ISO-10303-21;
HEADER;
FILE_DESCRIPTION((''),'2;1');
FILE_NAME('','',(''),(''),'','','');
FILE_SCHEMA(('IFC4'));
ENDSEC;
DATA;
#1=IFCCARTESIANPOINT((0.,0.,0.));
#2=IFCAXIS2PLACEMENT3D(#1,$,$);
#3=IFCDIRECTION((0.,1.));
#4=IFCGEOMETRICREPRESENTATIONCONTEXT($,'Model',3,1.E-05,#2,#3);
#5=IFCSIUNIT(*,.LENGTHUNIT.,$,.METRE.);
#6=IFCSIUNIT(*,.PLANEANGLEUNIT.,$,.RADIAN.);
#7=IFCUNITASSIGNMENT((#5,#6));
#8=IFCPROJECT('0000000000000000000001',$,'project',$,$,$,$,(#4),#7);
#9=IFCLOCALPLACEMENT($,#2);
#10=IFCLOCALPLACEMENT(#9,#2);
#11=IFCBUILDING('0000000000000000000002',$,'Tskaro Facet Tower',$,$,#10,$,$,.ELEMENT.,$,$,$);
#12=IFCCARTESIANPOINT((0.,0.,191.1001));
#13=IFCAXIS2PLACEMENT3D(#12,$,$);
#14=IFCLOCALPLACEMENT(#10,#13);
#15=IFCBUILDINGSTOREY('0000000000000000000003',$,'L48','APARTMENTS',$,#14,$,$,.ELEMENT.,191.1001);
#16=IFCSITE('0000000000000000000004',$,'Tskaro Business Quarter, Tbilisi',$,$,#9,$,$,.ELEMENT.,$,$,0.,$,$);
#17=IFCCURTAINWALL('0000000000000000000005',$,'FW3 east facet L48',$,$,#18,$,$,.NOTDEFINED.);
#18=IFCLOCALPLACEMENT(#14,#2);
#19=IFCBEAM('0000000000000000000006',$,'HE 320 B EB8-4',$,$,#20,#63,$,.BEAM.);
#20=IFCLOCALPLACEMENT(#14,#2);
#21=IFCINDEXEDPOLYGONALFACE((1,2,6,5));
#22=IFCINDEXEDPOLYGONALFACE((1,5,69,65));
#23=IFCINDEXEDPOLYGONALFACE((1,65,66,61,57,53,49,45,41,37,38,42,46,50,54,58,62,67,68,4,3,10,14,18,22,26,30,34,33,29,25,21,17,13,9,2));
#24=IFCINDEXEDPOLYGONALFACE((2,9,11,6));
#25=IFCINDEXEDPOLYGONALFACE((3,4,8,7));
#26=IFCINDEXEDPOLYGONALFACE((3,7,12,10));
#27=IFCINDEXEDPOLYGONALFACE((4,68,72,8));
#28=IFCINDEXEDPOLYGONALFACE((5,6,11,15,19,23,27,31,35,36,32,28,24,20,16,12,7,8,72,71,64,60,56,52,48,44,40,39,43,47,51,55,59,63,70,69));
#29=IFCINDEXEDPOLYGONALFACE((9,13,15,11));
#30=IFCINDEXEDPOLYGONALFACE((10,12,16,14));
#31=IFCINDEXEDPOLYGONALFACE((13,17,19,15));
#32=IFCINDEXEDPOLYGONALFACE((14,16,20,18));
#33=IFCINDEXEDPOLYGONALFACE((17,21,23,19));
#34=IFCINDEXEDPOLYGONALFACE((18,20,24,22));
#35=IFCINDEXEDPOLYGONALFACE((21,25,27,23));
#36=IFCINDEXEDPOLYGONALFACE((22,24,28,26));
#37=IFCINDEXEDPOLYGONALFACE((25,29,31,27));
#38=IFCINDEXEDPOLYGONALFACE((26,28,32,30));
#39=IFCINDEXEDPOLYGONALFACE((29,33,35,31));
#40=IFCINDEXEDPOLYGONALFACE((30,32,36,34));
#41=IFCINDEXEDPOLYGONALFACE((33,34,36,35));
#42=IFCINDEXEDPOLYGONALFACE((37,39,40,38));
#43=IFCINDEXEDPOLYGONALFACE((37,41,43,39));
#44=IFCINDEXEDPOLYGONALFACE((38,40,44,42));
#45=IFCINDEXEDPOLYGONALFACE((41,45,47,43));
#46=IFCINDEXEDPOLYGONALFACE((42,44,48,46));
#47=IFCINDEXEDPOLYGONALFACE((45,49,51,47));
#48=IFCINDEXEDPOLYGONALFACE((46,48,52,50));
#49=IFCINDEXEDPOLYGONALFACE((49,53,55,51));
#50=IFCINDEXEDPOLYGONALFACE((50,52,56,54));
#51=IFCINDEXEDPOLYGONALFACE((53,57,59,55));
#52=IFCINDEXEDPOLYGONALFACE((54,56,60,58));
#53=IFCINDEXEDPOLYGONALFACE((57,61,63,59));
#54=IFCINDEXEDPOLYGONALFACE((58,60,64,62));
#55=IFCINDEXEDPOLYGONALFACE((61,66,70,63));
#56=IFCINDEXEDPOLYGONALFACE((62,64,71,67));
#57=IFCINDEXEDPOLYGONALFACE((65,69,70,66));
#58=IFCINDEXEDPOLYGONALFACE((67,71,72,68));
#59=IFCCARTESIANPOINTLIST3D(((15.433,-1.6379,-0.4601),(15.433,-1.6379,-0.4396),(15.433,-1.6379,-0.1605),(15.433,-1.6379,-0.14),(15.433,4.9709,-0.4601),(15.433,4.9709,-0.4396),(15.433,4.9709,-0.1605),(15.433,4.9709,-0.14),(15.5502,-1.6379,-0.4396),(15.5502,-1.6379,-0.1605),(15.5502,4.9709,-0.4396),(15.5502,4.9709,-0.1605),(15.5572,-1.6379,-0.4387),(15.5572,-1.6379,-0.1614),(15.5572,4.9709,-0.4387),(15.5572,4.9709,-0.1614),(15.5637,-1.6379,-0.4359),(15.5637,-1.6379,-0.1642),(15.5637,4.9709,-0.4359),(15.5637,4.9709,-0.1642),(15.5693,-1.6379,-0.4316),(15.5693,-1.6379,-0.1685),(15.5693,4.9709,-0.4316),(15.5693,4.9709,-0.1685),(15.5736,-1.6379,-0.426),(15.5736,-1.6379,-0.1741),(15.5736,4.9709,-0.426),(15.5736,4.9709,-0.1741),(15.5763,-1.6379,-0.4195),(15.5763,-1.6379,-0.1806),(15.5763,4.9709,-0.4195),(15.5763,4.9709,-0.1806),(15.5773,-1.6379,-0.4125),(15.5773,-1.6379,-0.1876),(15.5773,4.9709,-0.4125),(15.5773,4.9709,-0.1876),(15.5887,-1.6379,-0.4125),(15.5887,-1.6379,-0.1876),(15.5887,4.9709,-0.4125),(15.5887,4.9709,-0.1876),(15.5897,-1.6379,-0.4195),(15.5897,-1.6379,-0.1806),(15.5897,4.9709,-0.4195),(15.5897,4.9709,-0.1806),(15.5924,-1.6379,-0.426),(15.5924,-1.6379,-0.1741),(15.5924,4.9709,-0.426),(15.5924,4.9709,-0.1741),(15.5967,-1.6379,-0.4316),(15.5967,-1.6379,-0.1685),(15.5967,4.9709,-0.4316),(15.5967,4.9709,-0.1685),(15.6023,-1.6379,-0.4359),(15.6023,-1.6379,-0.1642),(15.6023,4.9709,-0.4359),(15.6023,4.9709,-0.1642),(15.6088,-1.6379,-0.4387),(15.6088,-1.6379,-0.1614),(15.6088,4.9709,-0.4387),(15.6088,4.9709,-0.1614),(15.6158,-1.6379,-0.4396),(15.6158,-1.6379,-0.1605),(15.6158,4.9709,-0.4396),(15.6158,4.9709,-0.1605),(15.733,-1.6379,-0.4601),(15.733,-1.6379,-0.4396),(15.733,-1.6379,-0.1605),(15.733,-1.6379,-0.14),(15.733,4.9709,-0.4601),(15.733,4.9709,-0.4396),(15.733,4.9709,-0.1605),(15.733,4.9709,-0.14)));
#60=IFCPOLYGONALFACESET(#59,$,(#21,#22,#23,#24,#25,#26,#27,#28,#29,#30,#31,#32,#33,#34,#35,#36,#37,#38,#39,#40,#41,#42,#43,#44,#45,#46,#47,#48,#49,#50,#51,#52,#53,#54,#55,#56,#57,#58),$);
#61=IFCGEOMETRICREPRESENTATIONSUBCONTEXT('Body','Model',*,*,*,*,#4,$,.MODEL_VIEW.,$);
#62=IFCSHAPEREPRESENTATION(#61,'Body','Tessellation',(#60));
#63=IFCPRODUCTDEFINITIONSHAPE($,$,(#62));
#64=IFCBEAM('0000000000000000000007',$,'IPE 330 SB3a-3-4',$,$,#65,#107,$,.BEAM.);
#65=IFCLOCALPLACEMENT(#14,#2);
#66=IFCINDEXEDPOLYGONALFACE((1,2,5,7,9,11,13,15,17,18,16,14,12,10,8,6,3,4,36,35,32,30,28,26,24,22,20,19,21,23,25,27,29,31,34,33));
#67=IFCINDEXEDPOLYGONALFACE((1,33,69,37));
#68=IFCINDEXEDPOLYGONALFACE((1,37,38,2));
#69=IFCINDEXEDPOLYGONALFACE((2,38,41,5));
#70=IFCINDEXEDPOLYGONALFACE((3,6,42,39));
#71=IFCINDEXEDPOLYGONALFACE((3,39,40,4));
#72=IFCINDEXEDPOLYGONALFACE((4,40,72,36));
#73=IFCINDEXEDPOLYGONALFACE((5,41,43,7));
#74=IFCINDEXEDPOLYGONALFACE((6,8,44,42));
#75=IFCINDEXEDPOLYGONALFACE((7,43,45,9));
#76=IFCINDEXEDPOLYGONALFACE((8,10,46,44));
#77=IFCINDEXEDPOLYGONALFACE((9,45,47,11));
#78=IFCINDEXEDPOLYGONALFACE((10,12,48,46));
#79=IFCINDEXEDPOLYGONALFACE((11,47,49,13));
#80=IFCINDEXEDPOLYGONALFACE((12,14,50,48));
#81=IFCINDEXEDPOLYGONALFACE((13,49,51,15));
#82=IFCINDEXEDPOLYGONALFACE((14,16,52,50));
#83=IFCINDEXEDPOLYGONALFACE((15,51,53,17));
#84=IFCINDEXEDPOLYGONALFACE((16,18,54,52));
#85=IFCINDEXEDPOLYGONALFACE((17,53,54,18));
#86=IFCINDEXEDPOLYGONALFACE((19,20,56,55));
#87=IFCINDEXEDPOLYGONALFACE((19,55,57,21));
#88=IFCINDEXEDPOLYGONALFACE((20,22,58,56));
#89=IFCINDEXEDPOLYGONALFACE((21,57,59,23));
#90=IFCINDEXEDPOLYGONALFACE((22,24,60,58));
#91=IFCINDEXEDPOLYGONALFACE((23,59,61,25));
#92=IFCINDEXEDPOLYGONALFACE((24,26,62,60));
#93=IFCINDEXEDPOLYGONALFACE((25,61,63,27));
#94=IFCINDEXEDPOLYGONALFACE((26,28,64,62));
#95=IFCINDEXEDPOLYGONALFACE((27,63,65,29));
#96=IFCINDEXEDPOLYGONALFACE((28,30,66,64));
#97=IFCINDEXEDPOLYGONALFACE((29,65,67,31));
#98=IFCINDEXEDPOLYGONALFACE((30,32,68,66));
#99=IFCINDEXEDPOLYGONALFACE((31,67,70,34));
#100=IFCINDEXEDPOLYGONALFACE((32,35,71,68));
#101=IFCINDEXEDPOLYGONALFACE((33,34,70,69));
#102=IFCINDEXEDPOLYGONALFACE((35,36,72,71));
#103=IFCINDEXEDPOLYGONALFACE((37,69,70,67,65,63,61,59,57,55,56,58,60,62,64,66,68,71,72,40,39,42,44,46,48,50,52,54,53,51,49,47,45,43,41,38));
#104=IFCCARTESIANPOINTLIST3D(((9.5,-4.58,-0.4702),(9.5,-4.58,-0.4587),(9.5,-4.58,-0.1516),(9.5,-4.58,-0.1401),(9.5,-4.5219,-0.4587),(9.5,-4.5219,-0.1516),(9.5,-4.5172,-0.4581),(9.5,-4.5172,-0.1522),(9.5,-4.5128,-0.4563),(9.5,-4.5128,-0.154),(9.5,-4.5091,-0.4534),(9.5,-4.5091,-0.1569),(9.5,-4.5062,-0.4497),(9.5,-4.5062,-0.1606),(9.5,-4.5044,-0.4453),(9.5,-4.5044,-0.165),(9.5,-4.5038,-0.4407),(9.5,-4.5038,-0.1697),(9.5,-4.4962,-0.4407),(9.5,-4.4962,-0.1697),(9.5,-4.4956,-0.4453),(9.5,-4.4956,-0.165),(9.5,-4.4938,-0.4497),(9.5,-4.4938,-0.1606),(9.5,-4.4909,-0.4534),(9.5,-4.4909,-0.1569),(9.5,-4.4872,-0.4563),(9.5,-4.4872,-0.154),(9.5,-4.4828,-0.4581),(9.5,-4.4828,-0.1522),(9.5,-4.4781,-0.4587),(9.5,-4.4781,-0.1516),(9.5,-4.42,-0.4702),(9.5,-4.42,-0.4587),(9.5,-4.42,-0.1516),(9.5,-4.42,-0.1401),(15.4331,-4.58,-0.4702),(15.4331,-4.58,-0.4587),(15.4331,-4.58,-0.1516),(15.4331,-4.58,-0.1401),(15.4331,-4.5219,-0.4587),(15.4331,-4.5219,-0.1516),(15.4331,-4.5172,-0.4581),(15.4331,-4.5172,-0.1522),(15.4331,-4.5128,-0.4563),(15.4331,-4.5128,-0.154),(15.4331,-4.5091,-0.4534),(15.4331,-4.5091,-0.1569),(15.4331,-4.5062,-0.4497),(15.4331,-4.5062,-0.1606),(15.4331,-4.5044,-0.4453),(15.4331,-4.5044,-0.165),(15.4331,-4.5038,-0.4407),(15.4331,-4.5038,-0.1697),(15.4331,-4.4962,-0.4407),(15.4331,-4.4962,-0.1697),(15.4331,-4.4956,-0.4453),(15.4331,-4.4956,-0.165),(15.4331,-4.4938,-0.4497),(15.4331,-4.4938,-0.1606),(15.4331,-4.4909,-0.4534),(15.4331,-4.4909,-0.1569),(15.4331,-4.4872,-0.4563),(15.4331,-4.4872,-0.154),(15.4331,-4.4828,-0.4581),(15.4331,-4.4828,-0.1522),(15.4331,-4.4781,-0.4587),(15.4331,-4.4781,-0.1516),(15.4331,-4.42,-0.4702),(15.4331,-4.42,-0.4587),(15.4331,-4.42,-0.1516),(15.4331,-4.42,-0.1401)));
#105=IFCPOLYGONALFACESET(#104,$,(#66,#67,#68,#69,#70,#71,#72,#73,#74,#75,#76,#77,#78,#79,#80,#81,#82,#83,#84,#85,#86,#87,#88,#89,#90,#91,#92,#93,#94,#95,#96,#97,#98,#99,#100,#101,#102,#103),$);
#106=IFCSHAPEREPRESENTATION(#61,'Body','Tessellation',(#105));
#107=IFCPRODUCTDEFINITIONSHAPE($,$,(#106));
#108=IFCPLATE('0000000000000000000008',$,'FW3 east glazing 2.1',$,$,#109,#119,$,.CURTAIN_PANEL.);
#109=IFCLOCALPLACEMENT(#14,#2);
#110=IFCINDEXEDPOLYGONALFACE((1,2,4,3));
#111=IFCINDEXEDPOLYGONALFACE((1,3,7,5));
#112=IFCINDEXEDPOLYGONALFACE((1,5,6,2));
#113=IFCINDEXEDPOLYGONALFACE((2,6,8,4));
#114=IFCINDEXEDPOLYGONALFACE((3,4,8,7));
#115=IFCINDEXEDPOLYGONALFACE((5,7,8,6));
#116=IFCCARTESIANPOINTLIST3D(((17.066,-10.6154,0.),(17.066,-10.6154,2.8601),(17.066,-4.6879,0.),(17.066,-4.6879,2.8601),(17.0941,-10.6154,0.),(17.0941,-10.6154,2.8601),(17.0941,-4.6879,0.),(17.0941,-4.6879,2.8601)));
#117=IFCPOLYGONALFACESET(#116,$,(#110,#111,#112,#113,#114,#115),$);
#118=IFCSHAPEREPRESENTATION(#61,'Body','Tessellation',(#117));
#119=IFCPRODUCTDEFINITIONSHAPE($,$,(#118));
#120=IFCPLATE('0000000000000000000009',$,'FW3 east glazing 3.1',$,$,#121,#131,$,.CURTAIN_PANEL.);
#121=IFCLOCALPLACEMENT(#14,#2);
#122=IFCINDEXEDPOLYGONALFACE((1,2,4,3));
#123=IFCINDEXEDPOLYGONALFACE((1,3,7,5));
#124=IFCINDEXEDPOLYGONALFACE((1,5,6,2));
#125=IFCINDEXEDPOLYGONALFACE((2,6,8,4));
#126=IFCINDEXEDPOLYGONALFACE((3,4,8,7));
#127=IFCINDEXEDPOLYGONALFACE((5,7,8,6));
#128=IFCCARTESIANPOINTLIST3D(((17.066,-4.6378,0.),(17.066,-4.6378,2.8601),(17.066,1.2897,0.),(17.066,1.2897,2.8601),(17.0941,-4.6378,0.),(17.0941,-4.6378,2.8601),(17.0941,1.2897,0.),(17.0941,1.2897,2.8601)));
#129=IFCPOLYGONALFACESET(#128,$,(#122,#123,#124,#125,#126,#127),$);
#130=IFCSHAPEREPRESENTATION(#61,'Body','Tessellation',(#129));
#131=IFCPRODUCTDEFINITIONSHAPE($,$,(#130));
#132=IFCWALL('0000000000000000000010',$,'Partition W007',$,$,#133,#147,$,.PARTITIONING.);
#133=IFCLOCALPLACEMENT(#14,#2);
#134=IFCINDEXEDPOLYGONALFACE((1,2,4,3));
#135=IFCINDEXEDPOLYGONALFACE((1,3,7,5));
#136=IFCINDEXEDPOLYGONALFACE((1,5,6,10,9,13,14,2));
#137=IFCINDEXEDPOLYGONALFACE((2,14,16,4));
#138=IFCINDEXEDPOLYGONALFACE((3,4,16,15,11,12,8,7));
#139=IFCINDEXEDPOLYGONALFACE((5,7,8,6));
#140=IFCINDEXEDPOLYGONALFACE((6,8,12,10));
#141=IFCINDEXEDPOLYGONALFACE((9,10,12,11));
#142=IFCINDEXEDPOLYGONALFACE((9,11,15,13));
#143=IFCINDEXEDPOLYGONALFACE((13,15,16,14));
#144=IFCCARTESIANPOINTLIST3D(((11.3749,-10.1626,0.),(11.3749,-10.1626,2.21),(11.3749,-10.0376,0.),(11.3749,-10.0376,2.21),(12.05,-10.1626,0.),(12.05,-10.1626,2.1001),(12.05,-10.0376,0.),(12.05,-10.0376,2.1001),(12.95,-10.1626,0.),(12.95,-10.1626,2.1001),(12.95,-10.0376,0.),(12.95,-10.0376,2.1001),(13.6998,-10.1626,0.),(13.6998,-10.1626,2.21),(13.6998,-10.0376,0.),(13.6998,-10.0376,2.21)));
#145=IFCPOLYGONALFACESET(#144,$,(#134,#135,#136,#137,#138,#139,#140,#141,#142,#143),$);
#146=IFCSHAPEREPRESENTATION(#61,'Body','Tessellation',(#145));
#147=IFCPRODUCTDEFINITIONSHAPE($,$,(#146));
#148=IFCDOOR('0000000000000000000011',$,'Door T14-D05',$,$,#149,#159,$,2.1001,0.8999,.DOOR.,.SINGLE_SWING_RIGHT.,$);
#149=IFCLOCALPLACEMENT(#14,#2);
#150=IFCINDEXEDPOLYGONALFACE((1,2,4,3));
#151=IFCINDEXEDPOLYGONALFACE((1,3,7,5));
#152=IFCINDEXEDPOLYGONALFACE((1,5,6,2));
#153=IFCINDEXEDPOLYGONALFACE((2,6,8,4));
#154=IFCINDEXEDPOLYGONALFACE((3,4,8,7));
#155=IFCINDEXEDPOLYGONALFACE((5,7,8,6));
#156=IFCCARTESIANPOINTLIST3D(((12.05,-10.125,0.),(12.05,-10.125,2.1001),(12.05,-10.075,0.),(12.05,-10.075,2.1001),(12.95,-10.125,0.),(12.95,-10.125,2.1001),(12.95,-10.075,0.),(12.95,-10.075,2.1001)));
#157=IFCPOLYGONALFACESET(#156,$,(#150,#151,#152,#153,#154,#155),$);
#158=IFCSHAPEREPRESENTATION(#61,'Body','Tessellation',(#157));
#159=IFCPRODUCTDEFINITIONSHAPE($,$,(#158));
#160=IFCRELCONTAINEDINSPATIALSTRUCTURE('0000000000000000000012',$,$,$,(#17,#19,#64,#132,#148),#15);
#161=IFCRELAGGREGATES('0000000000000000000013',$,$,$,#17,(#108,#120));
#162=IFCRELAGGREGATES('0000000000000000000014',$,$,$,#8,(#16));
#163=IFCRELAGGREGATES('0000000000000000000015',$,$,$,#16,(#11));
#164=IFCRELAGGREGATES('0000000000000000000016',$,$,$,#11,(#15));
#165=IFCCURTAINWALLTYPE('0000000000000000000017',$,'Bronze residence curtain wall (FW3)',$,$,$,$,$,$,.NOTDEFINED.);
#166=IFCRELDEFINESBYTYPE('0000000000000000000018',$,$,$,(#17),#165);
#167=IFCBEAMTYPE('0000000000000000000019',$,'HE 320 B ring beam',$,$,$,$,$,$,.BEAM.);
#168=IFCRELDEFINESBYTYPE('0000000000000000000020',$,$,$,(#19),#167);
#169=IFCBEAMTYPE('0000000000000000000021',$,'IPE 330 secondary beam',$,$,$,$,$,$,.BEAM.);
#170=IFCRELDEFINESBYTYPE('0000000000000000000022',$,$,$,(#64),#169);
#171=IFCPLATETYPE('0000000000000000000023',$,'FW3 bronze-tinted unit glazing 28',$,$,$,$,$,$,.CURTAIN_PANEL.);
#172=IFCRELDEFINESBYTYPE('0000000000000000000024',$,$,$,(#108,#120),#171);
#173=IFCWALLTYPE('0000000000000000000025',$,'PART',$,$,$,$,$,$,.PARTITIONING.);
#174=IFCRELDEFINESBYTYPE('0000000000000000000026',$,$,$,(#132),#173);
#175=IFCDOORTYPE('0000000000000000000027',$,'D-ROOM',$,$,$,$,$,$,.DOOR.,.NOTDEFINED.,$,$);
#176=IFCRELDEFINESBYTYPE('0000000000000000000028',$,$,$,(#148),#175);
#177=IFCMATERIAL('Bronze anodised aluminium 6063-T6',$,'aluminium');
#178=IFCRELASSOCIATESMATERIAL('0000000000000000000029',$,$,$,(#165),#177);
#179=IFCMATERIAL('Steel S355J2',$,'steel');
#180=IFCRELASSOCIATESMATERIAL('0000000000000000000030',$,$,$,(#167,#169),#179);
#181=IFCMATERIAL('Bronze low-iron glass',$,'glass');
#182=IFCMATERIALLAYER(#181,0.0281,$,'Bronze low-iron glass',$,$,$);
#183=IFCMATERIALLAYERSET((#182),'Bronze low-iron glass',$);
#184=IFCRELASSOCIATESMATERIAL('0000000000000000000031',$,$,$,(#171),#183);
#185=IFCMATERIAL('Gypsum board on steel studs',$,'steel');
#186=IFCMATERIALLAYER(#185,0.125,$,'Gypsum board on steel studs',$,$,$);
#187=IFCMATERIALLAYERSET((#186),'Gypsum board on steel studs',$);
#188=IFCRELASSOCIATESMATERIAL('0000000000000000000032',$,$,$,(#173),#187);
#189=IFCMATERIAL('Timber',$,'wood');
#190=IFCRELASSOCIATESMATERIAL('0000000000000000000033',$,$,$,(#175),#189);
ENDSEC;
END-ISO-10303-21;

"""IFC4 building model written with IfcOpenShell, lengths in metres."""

from ifc_helpers import new_model, si_unit, direction, frame, frame_2d, origin, origin_2d, place, context, subcontext, project, spatial, rectangle, i_section, extrude, material, layer, layer_set, material_profile, profile_set, type_object, element, fill, aggregate, save


model = new_model("IFC4")

# Units and contexts
model_context = context("Model", 3, precision=1e-05, world=origin(), true_north=direction((0.0, 1.0)))
body_context = subcontext(model_context, "Body", "Model", "MODEL_VIEW")
ifc_project = project(units=[si_unit("LENGTHUNIT", "METRE"), si_unit("PLANEANGLEUNIT", "RADIAN")], contexts=[model_context])

# Site, building, storey
site_placement = place(None, origin())
site = spatial("IfcSite", under=ifc_project, at=site_placement, Name="Tskaro Business Quarter, Tbilisi", CompositionType="ELEMENT", RefElevation=0.0)
building_placement = place(site_placement, origin())
building = spatial("IfcBuilding", under=site, at=building_placement, Name="Tskaro Facet Tower", CompositionType="ELEMENT")
storey_placement = place(building_placement, frame((0.0, 0.0, 191.1001)))
storey = spatial("IfcBuildingStorey", under=building, at=storey_placement, Name="L48", Description="APARTMENTS", CompositionType="ELEMENT", Elevation=191.1001)

# Curtain wall
ifc_material_1 = material(Name="Bronze anodised aluminium 6063-T6", Category="aluminium")
curtain_wall_type = type_object("IfcCurtainWallType", Name="Bronze residence curtain wall (FW3)", PredefinedType="NOTDEFINED", material=ifc_material_1)
curtain_wall_placement = place(storey_placement, origin())
curtain_wall = element("IfcCurtainWall", 1, at=curtain_wall_placement, inside=storey, type_object=curtain_wall_type, Name="FW3 east facet L48", PredefinedType="NOTDEFINED")

# Beams
ifc_material_2 = material(Name="Steel S355J2", Category="steel")
ifc_material_profile_1 = material_profile(ifc_material_2, i_section(OverallWidth=0.3, OverallDepth=0.3201, WebThickness=0.0115, FlangeThickness=0.0205, FilletRadius=0.0271, at=origin_2d()), Name="HE 320 B")
ifc_profile_set_1 = profile_set([ifc_material_profile_1], Name="Steel S355J2")
beam_type_1 = type_object("IfcBeamType", Name="HE 320 B ring beam", PredefinedType="BEAM", material=ifc_profile_set_1)
beam_1_placement = place(storey_placement, frame((15.583, -1.6379, -0.3), z_axis=(0.0, 1.0, 0.0), x_axis=(-1.0, 0.0, 0.0)))
element("IfcBeam", 2, at=beam_1_placement, inside=storey, type_object=beam_type_1, Name="HE 320 B EB8-4", PredefinedType="BEAM", context=body_context, shape_type="SweptSolid", body=[
    extrude(i_section(OverallWidth=0.3, OverallDepth=0.3201, WebThickness=0.0115, FlangeThickness=0.0205, FilletRadius=0.0271, at=origin_2d()), origin(), (0.0, 0.0, 1.0), 6.6089),
])
ifc_material_profile_2 = material_profile(ifc_material_2, i_section(OverallWidth=0.1599, OverallDepth=0.3301, WebThickness=0.0076, FlangeThickness=0.0115, FilletRadius=0.0181, at=origin_2d()), Name="IPE 330")
ifc_profile_set_2 = profile_set([ifc_material_profile_2], Name="Steel S355J2")
beam_type_2 = type_object("IfcBeamType", Name="IPE 330 secondary beam", PredefinedType="BEAM", material=ifc_profile_set_2)
beam_2_placement = place(storey_placement, frame((9.5, -4.5, -0.3052), z_axis=(1.0, 0.0, 0.0), x_axis=(0.0, 1.0, 0.0)))
element("IfcBeam", 3, at=beam_2_placement, inside=storey, type_object=beam_type_2, Name="IPE 330 SB3a-3-4", PredefinedType="BEAM", context=body_context, shape_type="SweptSolid", body=[
    extrude(i_section(OverallWidth=0.1599, OverallDepth=0.3301, WebThickness=0.0076, FlangeThickness=0.0115, FilletRadius=0.0181, at=origin_2d()), origin(), (0.0, 0.0, 1.0), 5.9331),
])

# Plates
ifc_material_3 = material(Name="Bronze low-iron glass", Category="glass")
ifc_layer_1 = layer(ifc_material_3, 0.0281, Name="Bronze low-iron glass")
ifc_layer_set_1 = layer_set([ifc_layer_1], Name="Bronze low-iron glass")
plate_type = type_object("IfcPlateType", Name="FW3 bronze-tinted unit glazing 28", PredefinedType="CURTAIN_PANEL", material=ifc_layer_set_1)
plate_1_placement = place(storey_placement, frame((17.0801, -7.6516, 0.0), z_axis=(0.0, 0.0, 1.0), x_axis=(0.0, 1.0, 0.0)))
plate_1 = element("IfcPlate", 4, at=plate_1_placement, type_object=plate_type, Name="FW3 east glazing 2.1", PredefinedType="CURTAIN_PANEL", context=body_context, shape_type="SweptSolid", body=[
    extrude(rectangle(XDim=5.9275, YDim=0.0281, at=origin_2d()), origin(), (0.0, 0.0, 1.0), 2.8601),
])
plate_2_placement = place(storey_placement, frame((17.0801, -1.6741, 0.0), z_axis=(0.0, 0.0, 1.0), x_axis=(0.0, 1.0, 0.0)))
plate_2 = element("IfcPlate", 5, at=plate_2_placement, type_object=plate_type, Name="FW3 east glazing 3.1", PredefinedType="CURTAIN_PANEL", context=body_context, shape_type="SweptSolid", body=[
    extrude(rectangle(XDim=5.9275, YDim=0.0281, at=origin_2d()), origin(), (0.0, 0.0, 1.0), 2.8601),
])
aggregate(curtain_wall, [plate_1, plate_2])

# Wall, opening, door
ifc_material_4 = material(Name="Gypsum board on steel studs", Category="steel")
ifc_layer_2 = layer(ifc_material_4, 0.125, Name="Gypsum board on steel studs")
ifc_layer_set_2 = layer_set([ifc_layer_2], Name="Gypsum board on steel studs")
wall_type_1 = type_object("IfcWallType", Name="PART", PredefinedType="PARTITIONING", material=ifc_layer_set_2)
wall_1_placement = place(storey_placement, frame((13.7, -10.1001, 0.0), z_axis=(0.0, 0.0, 1.0), x_axis=(-1.0, 0.0, 0.0)))
wall_1 = element("IfcWall", 6, at=wall_1_placement, inside=storey, type_object=wall_type_1, Name="Partition W007", PredefinedType="PARTITIONING", context=body_context, shape_type="SweptSolid", body=[
    extrude(rectangle(XDim=2.325, YDim=0.125, at=frame_2d((1.1626, 0.0))), origin(), (0.0, 0.0, 1.0), 2.21),
])
opening_1_placement = place(wall_1_placement, frame((0.75, 0.0, 0.0)))
opening_1 = element("IfcOpeningElement", 7, at=opening_1_placement, cuts=wall_1, PredefinedType="OPENING", context=body_context, shape_type="SweptSolid", body=[
    extrude(rectangle(XDim=0.8999, YDim=2.1001, at=frame_2d((0.45, 1.05))), frame((0.0, 0.0725, 0.0), z_axis=(0.0, -1.0, 0.0), x_axis=(1.0, 0.0, 0.0)), (0.0, 0.0, 1.0), 0.145),
])
ifc_material_5 = material(Name="Timber", Category="wood")
door_type = type_object("IfcDoorType", Name="D-ROOM", OperationType="NOTDEFINED", PredefinedType="DOOR", material=ifc_material_5)
door_1_placement = place(opening_1_placement, origin())
door_1 = element("IfcDoor", 8, at=door_1_placement, inside=storey, type_object=door_type, Name="Door T14-D05", OperationType="SINGLE_SWING_RIGHT", OverallHeight=2.1001, OverallWidth=0.8999, PredefinedType="DOOR", context=body_context, shape_type="SweptSolid", body=[
    extrude(rectangle(XDim=0.8999, YDim=2.1001, at=frame_2d((0.45, 1.05))), frame((0.0, 0.0249, 0.0), z_axis=(0.0, -1.0, 0.0), x_axis=(1.0, 0.0, 0.0)), (0.0, 0.0, 1.0), 0.05),
])
fill(opening_1, door_1)

save(model, "model.ifc")
